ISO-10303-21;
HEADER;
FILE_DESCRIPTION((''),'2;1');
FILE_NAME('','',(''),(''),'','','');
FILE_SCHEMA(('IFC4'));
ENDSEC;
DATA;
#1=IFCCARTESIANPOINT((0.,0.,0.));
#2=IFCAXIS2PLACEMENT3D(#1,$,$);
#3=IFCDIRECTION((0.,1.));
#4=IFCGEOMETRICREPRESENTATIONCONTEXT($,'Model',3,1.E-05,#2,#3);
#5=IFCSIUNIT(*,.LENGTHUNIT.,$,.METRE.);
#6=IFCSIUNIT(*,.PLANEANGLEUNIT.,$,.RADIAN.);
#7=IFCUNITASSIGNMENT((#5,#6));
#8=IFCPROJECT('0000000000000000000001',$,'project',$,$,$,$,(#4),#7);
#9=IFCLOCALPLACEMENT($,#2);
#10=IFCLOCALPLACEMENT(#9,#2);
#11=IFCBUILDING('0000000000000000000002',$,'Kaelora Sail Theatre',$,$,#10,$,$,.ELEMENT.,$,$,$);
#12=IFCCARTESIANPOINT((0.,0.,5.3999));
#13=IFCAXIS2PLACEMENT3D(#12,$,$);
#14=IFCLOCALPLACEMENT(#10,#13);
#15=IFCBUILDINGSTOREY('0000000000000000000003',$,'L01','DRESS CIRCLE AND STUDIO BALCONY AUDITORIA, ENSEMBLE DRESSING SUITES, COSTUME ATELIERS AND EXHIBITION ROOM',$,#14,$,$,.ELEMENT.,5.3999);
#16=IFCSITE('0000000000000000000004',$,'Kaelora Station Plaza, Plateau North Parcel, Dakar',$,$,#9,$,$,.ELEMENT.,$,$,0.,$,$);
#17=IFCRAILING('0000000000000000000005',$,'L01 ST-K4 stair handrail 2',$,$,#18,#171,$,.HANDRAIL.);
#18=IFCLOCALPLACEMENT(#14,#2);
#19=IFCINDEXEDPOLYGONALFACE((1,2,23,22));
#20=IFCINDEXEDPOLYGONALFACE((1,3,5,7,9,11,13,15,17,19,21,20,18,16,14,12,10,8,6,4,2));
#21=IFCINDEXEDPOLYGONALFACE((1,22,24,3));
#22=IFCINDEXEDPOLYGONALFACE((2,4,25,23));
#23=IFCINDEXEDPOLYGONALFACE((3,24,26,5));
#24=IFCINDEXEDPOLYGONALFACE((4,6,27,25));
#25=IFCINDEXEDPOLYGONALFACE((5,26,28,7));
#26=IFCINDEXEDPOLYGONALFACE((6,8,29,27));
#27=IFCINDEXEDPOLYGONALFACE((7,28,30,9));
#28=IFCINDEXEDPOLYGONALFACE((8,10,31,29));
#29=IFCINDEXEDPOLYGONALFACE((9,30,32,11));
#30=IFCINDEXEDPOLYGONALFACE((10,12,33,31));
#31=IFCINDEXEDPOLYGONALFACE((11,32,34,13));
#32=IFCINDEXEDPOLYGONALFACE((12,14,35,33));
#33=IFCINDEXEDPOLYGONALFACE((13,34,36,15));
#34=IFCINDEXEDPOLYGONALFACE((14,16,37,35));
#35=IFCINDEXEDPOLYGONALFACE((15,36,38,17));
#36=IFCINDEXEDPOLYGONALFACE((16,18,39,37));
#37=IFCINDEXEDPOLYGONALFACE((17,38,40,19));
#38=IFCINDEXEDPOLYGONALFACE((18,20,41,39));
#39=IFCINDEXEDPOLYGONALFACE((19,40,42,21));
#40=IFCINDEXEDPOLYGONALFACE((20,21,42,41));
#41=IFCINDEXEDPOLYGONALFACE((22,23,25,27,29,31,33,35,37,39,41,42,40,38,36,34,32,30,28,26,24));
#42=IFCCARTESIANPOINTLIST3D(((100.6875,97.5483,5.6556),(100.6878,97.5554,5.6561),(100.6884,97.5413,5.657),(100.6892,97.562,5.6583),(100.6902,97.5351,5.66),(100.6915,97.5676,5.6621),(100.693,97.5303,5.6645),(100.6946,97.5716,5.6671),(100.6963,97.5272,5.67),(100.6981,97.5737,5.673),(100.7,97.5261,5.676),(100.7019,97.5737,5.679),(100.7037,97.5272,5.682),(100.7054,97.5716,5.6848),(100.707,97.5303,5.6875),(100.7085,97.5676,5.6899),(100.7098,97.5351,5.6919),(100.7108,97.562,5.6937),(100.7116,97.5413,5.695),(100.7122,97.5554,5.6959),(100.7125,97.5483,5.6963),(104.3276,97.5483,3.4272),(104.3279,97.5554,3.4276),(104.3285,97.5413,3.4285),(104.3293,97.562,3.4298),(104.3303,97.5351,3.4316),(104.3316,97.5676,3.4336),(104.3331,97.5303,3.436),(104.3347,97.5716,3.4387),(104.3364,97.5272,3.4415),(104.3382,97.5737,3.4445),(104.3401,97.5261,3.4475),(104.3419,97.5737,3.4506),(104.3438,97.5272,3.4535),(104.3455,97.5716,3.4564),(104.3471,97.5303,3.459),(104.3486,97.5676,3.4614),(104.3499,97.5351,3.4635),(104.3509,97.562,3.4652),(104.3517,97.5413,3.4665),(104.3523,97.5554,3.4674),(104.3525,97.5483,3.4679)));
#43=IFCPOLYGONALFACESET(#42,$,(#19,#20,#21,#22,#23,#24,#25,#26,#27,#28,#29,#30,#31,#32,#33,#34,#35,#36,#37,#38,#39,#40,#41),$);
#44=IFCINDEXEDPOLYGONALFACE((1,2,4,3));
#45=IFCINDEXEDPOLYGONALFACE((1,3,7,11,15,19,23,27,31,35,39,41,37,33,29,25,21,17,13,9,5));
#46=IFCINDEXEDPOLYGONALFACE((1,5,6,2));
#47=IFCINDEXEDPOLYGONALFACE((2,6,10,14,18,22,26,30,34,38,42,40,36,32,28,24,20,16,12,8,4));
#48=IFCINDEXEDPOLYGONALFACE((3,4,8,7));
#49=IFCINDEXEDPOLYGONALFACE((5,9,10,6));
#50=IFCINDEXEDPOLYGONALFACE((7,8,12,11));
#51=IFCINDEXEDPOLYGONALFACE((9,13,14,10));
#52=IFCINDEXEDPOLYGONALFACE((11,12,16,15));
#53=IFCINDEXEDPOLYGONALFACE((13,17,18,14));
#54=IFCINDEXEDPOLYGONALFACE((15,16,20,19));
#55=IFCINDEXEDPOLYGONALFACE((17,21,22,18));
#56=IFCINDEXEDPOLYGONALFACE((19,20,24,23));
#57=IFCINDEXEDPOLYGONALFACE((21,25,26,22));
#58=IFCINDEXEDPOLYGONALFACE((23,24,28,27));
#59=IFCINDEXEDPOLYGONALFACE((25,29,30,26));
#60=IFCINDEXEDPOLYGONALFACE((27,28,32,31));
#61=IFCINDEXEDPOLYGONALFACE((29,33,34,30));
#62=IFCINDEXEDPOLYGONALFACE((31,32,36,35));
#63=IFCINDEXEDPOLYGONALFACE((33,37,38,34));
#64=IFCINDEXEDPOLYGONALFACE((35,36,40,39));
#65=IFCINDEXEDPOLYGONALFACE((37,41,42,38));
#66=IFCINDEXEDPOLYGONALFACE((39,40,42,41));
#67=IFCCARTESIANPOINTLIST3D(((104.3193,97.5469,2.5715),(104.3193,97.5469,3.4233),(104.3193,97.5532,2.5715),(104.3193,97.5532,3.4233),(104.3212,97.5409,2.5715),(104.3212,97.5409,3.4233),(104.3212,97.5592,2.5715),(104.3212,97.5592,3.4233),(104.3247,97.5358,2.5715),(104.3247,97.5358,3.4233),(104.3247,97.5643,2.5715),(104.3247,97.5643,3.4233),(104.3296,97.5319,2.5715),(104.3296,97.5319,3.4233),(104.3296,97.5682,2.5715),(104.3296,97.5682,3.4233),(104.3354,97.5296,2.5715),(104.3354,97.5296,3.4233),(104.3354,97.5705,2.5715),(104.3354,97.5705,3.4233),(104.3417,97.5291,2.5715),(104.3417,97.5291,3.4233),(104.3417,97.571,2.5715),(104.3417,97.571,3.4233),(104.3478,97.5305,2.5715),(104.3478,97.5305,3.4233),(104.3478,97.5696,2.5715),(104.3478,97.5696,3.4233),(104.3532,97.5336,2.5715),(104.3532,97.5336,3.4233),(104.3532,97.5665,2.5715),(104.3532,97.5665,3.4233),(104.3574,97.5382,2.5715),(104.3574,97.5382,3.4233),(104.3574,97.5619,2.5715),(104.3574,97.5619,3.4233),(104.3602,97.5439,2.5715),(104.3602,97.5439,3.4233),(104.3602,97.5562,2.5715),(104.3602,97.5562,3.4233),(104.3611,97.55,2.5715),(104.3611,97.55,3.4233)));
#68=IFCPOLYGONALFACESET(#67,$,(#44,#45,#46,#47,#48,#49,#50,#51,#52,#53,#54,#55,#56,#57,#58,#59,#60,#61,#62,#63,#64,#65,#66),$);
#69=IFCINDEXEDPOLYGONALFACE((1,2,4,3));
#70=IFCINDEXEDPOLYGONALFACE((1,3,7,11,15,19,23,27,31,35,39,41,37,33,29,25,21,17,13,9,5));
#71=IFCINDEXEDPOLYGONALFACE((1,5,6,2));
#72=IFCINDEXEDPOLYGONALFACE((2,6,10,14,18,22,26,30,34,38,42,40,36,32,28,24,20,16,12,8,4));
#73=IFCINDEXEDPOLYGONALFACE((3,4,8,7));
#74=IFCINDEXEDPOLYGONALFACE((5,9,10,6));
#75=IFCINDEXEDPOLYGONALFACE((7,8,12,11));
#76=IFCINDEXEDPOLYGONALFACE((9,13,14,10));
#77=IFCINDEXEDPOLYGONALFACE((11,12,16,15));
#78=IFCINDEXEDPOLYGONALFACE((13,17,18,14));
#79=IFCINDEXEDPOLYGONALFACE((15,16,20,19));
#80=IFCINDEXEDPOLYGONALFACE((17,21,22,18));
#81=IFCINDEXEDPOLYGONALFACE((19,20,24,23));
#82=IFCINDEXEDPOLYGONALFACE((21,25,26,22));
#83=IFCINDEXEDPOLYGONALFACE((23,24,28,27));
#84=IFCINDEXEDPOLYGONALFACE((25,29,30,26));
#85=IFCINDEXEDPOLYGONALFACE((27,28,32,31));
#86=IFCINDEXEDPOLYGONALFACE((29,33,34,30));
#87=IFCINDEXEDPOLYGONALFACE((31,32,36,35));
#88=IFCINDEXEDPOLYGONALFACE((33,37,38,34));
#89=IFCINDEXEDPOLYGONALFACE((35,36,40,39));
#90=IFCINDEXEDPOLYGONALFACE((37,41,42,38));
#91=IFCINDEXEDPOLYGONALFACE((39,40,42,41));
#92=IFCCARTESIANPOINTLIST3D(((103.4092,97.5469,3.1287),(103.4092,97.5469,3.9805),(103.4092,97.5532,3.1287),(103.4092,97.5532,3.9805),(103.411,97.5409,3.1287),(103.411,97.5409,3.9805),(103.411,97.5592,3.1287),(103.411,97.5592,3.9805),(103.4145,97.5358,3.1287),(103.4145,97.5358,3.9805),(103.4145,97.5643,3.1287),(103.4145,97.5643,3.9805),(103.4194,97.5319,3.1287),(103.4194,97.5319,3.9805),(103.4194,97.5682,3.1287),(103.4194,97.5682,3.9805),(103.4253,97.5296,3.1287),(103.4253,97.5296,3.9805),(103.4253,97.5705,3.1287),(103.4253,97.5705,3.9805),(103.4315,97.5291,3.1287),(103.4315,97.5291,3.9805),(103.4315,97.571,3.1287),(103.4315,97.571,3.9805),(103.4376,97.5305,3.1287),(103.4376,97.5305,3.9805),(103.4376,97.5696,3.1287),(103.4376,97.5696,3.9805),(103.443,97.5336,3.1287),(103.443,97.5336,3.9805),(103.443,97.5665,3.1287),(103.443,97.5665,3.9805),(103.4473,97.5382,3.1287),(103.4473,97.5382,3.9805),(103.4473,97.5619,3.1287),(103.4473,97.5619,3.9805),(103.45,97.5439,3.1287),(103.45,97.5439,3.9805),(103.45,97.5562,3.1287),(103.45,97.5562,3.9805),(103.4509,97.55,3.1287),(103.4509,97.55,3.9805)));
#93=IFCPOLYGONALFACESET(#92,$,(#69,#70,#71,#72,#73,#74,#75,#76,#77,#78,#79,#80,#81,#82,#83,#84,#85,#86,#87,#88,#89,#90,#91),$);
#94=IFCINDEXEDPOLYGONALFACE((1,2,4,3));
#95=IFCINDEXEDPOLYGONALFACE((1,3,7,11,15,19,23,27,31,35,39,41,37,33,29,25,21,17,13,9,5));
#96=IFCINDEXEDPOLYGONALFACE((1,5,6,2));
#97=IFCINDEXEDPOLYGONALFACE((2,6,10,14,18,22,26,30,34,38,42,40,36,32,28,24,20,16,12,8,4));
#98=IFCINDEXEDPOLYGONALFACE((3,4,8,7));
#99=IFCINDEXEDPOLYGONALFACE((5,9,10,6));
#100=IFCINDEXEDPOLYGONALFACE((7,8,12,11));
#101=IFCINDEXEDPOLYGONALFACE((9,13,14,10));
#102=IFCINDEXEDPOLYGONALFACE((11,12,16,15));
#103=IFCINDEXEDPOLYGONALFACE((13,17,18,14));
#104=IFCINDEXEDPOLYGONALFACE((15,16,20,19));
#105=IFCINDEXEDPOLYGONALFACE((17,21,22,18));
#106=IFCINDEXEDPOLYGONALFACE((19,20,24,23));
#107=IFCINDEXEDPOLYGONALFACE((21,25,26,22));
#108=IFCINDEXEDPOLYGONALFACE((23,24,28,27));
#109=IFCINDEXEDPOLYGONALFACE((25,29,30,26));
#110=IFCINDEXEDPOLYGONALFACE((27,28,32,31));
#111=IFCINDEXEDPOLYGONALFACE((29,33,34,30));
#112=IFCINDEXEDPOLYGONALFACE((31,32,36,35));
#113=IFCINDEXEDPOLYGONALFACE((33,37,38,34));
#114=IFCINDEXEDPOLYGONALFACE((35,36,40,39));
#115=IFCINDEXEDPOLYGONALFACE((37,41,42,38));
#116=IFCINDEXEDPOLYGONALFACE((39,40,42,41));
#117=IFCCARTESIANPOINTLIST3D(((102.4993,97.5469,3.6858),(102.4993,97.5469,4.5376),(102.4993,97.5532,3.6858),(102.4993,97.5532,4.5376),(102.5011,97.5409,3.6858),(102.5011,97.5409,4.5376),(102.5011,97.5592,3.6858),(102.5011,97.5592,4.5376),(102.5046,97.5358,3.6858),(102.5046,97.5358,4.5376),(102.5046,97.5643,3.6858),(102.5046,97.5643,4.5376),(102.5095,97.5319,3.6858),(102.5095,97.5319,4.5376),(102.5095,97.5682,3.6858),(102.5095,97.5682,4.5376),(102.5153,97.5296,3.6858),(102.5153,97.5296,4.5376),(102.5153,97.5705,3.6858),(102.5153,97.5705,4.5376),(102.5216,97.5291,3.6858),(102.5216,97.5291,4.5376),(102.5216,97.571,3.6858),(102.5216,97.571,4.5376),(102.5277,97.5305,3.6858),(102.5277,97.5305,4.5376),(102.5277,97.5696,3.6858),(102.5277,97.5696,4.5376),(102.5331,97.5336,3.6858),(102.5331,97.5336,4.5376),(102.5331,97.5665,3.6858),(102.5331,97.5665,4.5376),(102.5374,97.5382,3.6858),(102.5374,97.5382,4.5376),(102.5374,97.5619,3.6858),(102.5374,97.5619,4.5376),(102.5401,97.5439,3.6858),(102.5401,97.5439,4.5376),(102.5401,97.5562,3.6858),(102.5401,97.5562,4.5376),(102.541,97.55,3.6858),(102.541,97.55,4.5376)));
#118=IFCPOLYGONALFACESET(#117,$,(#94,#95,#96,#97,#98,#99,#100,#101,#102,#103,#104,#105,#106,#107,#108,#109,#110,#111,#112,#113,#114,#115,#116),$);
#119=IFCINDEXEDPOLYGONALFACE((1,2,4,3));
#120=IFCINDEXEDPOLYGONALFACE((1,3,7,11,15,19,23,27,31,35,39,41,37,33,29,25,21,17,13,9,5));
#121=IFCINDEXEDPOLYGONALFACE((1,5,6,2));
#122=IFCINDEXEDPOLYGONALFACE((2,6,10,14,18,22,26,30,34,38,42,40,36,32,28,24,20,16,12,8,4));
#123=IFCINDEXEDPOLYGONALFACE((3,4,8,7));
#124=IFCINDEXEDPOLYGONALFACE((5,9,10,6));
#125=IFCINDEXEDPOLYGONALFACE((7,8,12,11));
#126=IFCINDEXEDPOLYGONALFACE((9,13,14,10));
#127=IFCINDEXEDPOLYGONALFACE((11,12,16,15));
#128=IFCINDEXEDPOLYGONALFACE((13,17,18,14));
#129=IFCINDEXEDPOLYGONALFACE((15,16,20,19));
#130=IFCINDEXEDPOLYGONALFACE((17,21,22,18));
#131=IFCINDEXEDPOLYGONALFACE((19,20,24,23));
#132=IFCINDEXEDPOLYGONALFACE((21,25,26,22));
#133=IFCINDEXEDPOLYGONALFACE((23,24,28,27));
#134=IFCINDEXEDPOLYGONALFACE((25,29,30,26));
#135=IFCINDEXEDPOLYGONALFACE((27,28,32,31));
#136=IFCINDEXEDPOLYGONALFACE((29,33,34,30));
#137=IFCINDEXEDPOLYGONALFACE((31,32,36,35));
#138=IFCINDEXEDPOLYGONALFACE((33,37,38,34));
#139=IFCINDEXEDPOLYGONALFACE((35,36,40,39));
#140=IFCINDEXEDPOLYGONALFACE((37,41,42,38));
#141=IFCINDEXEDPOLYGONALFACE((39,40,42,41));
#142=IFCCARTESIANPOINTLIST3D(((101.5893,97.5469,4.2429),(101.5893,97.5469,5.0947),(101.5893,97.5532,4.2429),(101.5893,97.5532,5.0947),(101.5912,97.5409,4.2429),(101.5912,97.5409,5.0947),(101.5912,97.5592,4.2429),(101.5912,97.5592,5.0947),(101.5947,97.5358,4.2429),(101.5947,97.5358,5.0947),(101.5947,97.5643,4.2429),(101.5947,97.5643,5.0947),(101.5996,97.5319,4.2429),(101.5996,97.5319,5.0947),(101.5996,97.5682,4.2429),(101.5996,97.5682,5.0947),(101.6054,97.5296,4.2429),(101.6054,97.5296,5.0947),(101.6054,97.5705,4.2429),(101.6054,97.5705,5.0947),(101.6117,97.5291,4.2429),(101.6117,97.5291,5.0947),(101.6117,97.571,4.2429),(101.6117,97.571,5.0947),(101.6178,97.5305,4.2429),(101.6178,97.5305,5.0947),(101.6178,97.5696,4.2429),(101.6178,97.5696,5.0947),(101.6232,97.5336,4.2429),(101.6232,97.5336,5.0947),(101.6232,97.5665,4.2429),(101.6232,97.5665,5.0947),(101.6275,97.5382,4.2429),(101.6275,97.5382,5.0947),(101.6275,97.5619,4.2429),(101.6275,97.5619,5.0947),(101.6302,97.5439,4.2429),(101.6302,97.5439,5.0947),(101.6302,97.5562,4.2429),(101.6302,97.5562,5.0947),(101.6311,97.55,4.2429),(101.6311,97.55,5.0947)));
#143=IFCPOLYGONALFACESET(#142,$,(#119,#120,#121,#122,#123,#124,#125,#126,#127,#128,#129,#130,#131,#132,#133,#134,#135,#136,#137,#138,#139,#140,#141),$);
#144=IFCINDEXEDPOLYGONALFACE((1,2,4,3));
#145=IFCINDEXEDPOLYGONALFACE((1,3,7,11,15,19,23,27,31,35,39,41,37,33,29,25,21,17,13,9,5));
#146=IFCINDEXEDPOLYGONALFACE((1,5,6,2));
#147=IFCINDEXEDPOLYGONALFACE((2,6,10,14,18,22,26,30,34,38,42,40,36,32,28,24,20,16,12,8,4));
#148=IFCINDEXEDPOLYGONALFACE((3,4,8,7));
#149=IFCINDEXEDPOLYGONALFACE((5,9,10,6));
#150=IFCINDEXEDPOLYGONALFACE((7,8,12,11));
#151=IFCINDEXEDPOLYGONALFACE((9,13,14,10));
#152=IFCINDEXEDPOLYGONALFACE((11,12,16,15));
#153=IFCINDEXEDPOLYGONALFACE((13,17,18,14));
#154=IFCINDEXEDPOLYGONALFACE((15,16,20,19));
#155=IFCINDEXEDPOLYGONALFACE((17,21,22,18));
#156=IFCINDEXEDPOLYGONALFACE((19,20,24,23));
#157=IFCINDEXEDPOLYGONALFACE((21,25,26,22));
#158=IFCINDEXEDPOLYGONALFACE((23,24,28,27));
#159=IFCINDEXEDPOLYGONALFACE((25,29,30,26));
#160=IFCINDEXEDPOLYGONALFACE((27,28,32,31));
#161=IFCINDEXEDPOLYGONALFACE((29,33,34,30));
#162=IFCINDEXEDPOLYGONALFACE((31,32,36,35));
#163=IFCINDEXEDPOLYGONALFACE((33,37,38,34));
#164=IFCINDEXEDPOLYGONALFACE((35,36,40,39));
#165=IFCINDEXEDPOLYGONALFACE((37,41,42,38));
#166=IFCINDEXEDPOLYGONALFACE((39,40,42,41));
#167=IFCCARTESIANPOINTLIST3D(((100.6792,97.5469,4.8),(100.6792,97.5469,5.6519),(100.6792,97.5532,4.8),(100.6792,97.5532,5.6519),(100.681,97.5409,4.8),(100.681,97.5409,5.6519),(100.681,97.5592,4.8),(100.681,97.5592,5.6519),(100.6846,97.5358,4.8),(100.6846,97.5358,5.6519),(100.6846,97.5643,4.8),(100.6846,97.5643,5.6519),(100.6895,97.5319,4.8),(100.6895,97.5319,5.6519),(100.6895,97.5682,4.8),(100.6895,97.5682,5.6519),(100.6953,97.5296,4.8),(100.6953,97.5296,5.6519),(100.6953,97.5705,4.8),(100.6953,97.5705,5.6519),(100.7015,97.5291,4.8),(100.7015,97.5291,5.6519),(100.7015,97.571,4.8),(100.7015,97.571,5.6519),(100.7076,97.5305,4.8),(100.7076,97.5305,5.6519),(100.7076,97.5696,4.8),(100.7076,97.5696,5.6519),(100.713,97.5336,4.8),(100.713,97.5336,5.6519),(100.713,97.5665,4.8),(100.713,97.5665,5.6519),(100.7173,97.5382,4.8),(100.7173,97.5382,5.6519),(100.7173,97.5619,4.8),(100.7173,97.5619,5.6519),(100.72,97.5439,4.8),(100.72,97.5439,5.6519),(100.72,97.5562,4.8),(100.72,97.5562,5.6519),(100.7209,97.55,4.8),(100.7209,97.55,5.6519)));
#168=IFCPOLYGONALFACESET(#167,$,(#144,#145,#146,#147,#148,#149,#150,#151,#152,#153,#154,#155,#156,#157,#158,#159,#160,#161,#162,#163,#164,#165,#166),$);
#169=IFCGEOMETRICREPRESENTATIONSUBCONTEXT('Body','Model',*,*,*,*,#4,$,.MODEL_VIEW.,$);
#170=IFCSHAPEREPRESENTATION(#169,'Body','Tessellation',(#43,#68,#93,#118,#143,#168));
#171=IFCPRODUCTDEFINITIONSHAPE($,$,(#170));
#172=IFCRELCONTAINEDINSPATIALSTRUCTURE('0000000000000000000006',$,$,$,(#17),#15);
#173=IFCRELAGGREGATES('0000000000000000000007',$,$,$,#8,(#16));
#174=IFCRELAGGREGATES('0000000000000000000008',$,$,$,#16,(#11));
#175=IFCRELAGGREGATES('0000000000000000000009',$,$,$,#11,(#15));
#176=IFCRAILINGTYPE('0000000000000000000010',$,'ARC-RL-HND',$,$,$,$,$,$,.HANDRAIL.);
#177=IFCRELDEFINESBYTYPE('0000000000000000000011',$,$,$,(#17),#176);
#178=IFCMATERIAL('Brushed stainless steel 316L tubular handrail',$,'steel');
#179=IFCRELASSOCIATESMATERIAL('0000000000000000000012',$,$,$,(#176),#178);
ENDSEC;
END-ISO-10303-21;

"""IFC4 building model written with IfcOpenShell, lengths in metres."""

from ifc_helpers import new_model, si_unit, direction, frame, origin, origin_2d, place, context, subcontext, project, spatial, circle, extrude, material, type_object, element, save


model = new_model("IFC4")

# Units and contexts
model_context = context("Model", 3, precision=1e-05, world=origin(), true_north=direction((0.0, 1.0)))
body_context = subcontext(model_context, "Body", "Model", "MODEL_VIEW")
ifc_project = project(units=[si_unit("LENGTHUNIT", "METRE"), si_unit("PLANEANGLEUNIT", "RADIAN")], contexts=[model_context])

# Site, building, storey
site_placement = place(None, origin())
site = spatial("IfcSite", under=ifc_project, at=site_placement, Name="Kaelora Station Plaza, Plateau North Parcel, Dakar", CompositionType="ELEMENT", RefElevation=0.0)
building_placement = place(site_placement, origin())
building = spatial("IfcBuilding", under=site, at=building_placement, Name="Kaelora Sail Theatre", CompositionType="ELEMENT")
storey_placement = place(building_placement, frame((0.0, 0.0, 5.3999)))
storey = spatial("IfcBuildingStorey", under=building, at=storey_placement, Name="L01", Description="DRESS CIRCLE AND STUDIO BALCONY AUDITORIA, ENSEMBLE DRESSING SUITES, COSTUME ATELIERS AND EXHIBITION ROOM", CompositionType="ELEMENT", Elevation=5.3999)

# Railing
ifc_material_1 = material(Name="Brushed stainless steel 316L tubular handrail", Category="steel")
railing_type_1 = type_object("IfcRailingType", Name="ARC-RL-HND", PredefinedType="HANDRAIL", material=ifc_material_1)
railing_1_placement = place(storey_placement, frame((104.3401, 97.55, 2.5715)))
element("IfcRailing", 1, at=railing_1_placement, inside=storey, type_object=railing_type_1, Name="L01 ST-K4 stair handrail 2", PredefinedType="HANDRAIL", context=body_context, shape_type="SweptSolid", body=[
    extrude(circle(Radius=0.0239, at=origin_2d()), frame((0.0, 0.0, 0.876), z_axis=(-0.852866, 0.0, 0.52213), x_axis=(0.0, -1.0, 0.0)), (0.0, 0.0, 1.0), 4.2681),
    extrude(circle(Radius=0.021, at=origin_2d()), origin(), (0.0, 0.0, 1.0), 0.8518),
    extrude(circle(Radius=0.021, at=origin_2d()), frame((-0.9102, 0.0, 0.5571)), (0.0, 0.0, 1.0), 0.8518),
    extrude(circle(Radius=0.021, at=origin_2d()), frame((-1.8201, 0.0, 1.1143)), (0.0, 0.0, 1.0), 0.8518),
    extrude(circle(Radius=0.021, at=origin_2d()), frame((-2.73, 0.0, 1.6714)), (0.0, 0.0, 1.0), 0.8518),
    extrude(circle(Radius=0.021, at=origin_2d()), frame((-3.6401, 0.0, 2.2285)), (0.0, 0.0, 1.0), 0.8518),
])

save(model, "model.ifc")
